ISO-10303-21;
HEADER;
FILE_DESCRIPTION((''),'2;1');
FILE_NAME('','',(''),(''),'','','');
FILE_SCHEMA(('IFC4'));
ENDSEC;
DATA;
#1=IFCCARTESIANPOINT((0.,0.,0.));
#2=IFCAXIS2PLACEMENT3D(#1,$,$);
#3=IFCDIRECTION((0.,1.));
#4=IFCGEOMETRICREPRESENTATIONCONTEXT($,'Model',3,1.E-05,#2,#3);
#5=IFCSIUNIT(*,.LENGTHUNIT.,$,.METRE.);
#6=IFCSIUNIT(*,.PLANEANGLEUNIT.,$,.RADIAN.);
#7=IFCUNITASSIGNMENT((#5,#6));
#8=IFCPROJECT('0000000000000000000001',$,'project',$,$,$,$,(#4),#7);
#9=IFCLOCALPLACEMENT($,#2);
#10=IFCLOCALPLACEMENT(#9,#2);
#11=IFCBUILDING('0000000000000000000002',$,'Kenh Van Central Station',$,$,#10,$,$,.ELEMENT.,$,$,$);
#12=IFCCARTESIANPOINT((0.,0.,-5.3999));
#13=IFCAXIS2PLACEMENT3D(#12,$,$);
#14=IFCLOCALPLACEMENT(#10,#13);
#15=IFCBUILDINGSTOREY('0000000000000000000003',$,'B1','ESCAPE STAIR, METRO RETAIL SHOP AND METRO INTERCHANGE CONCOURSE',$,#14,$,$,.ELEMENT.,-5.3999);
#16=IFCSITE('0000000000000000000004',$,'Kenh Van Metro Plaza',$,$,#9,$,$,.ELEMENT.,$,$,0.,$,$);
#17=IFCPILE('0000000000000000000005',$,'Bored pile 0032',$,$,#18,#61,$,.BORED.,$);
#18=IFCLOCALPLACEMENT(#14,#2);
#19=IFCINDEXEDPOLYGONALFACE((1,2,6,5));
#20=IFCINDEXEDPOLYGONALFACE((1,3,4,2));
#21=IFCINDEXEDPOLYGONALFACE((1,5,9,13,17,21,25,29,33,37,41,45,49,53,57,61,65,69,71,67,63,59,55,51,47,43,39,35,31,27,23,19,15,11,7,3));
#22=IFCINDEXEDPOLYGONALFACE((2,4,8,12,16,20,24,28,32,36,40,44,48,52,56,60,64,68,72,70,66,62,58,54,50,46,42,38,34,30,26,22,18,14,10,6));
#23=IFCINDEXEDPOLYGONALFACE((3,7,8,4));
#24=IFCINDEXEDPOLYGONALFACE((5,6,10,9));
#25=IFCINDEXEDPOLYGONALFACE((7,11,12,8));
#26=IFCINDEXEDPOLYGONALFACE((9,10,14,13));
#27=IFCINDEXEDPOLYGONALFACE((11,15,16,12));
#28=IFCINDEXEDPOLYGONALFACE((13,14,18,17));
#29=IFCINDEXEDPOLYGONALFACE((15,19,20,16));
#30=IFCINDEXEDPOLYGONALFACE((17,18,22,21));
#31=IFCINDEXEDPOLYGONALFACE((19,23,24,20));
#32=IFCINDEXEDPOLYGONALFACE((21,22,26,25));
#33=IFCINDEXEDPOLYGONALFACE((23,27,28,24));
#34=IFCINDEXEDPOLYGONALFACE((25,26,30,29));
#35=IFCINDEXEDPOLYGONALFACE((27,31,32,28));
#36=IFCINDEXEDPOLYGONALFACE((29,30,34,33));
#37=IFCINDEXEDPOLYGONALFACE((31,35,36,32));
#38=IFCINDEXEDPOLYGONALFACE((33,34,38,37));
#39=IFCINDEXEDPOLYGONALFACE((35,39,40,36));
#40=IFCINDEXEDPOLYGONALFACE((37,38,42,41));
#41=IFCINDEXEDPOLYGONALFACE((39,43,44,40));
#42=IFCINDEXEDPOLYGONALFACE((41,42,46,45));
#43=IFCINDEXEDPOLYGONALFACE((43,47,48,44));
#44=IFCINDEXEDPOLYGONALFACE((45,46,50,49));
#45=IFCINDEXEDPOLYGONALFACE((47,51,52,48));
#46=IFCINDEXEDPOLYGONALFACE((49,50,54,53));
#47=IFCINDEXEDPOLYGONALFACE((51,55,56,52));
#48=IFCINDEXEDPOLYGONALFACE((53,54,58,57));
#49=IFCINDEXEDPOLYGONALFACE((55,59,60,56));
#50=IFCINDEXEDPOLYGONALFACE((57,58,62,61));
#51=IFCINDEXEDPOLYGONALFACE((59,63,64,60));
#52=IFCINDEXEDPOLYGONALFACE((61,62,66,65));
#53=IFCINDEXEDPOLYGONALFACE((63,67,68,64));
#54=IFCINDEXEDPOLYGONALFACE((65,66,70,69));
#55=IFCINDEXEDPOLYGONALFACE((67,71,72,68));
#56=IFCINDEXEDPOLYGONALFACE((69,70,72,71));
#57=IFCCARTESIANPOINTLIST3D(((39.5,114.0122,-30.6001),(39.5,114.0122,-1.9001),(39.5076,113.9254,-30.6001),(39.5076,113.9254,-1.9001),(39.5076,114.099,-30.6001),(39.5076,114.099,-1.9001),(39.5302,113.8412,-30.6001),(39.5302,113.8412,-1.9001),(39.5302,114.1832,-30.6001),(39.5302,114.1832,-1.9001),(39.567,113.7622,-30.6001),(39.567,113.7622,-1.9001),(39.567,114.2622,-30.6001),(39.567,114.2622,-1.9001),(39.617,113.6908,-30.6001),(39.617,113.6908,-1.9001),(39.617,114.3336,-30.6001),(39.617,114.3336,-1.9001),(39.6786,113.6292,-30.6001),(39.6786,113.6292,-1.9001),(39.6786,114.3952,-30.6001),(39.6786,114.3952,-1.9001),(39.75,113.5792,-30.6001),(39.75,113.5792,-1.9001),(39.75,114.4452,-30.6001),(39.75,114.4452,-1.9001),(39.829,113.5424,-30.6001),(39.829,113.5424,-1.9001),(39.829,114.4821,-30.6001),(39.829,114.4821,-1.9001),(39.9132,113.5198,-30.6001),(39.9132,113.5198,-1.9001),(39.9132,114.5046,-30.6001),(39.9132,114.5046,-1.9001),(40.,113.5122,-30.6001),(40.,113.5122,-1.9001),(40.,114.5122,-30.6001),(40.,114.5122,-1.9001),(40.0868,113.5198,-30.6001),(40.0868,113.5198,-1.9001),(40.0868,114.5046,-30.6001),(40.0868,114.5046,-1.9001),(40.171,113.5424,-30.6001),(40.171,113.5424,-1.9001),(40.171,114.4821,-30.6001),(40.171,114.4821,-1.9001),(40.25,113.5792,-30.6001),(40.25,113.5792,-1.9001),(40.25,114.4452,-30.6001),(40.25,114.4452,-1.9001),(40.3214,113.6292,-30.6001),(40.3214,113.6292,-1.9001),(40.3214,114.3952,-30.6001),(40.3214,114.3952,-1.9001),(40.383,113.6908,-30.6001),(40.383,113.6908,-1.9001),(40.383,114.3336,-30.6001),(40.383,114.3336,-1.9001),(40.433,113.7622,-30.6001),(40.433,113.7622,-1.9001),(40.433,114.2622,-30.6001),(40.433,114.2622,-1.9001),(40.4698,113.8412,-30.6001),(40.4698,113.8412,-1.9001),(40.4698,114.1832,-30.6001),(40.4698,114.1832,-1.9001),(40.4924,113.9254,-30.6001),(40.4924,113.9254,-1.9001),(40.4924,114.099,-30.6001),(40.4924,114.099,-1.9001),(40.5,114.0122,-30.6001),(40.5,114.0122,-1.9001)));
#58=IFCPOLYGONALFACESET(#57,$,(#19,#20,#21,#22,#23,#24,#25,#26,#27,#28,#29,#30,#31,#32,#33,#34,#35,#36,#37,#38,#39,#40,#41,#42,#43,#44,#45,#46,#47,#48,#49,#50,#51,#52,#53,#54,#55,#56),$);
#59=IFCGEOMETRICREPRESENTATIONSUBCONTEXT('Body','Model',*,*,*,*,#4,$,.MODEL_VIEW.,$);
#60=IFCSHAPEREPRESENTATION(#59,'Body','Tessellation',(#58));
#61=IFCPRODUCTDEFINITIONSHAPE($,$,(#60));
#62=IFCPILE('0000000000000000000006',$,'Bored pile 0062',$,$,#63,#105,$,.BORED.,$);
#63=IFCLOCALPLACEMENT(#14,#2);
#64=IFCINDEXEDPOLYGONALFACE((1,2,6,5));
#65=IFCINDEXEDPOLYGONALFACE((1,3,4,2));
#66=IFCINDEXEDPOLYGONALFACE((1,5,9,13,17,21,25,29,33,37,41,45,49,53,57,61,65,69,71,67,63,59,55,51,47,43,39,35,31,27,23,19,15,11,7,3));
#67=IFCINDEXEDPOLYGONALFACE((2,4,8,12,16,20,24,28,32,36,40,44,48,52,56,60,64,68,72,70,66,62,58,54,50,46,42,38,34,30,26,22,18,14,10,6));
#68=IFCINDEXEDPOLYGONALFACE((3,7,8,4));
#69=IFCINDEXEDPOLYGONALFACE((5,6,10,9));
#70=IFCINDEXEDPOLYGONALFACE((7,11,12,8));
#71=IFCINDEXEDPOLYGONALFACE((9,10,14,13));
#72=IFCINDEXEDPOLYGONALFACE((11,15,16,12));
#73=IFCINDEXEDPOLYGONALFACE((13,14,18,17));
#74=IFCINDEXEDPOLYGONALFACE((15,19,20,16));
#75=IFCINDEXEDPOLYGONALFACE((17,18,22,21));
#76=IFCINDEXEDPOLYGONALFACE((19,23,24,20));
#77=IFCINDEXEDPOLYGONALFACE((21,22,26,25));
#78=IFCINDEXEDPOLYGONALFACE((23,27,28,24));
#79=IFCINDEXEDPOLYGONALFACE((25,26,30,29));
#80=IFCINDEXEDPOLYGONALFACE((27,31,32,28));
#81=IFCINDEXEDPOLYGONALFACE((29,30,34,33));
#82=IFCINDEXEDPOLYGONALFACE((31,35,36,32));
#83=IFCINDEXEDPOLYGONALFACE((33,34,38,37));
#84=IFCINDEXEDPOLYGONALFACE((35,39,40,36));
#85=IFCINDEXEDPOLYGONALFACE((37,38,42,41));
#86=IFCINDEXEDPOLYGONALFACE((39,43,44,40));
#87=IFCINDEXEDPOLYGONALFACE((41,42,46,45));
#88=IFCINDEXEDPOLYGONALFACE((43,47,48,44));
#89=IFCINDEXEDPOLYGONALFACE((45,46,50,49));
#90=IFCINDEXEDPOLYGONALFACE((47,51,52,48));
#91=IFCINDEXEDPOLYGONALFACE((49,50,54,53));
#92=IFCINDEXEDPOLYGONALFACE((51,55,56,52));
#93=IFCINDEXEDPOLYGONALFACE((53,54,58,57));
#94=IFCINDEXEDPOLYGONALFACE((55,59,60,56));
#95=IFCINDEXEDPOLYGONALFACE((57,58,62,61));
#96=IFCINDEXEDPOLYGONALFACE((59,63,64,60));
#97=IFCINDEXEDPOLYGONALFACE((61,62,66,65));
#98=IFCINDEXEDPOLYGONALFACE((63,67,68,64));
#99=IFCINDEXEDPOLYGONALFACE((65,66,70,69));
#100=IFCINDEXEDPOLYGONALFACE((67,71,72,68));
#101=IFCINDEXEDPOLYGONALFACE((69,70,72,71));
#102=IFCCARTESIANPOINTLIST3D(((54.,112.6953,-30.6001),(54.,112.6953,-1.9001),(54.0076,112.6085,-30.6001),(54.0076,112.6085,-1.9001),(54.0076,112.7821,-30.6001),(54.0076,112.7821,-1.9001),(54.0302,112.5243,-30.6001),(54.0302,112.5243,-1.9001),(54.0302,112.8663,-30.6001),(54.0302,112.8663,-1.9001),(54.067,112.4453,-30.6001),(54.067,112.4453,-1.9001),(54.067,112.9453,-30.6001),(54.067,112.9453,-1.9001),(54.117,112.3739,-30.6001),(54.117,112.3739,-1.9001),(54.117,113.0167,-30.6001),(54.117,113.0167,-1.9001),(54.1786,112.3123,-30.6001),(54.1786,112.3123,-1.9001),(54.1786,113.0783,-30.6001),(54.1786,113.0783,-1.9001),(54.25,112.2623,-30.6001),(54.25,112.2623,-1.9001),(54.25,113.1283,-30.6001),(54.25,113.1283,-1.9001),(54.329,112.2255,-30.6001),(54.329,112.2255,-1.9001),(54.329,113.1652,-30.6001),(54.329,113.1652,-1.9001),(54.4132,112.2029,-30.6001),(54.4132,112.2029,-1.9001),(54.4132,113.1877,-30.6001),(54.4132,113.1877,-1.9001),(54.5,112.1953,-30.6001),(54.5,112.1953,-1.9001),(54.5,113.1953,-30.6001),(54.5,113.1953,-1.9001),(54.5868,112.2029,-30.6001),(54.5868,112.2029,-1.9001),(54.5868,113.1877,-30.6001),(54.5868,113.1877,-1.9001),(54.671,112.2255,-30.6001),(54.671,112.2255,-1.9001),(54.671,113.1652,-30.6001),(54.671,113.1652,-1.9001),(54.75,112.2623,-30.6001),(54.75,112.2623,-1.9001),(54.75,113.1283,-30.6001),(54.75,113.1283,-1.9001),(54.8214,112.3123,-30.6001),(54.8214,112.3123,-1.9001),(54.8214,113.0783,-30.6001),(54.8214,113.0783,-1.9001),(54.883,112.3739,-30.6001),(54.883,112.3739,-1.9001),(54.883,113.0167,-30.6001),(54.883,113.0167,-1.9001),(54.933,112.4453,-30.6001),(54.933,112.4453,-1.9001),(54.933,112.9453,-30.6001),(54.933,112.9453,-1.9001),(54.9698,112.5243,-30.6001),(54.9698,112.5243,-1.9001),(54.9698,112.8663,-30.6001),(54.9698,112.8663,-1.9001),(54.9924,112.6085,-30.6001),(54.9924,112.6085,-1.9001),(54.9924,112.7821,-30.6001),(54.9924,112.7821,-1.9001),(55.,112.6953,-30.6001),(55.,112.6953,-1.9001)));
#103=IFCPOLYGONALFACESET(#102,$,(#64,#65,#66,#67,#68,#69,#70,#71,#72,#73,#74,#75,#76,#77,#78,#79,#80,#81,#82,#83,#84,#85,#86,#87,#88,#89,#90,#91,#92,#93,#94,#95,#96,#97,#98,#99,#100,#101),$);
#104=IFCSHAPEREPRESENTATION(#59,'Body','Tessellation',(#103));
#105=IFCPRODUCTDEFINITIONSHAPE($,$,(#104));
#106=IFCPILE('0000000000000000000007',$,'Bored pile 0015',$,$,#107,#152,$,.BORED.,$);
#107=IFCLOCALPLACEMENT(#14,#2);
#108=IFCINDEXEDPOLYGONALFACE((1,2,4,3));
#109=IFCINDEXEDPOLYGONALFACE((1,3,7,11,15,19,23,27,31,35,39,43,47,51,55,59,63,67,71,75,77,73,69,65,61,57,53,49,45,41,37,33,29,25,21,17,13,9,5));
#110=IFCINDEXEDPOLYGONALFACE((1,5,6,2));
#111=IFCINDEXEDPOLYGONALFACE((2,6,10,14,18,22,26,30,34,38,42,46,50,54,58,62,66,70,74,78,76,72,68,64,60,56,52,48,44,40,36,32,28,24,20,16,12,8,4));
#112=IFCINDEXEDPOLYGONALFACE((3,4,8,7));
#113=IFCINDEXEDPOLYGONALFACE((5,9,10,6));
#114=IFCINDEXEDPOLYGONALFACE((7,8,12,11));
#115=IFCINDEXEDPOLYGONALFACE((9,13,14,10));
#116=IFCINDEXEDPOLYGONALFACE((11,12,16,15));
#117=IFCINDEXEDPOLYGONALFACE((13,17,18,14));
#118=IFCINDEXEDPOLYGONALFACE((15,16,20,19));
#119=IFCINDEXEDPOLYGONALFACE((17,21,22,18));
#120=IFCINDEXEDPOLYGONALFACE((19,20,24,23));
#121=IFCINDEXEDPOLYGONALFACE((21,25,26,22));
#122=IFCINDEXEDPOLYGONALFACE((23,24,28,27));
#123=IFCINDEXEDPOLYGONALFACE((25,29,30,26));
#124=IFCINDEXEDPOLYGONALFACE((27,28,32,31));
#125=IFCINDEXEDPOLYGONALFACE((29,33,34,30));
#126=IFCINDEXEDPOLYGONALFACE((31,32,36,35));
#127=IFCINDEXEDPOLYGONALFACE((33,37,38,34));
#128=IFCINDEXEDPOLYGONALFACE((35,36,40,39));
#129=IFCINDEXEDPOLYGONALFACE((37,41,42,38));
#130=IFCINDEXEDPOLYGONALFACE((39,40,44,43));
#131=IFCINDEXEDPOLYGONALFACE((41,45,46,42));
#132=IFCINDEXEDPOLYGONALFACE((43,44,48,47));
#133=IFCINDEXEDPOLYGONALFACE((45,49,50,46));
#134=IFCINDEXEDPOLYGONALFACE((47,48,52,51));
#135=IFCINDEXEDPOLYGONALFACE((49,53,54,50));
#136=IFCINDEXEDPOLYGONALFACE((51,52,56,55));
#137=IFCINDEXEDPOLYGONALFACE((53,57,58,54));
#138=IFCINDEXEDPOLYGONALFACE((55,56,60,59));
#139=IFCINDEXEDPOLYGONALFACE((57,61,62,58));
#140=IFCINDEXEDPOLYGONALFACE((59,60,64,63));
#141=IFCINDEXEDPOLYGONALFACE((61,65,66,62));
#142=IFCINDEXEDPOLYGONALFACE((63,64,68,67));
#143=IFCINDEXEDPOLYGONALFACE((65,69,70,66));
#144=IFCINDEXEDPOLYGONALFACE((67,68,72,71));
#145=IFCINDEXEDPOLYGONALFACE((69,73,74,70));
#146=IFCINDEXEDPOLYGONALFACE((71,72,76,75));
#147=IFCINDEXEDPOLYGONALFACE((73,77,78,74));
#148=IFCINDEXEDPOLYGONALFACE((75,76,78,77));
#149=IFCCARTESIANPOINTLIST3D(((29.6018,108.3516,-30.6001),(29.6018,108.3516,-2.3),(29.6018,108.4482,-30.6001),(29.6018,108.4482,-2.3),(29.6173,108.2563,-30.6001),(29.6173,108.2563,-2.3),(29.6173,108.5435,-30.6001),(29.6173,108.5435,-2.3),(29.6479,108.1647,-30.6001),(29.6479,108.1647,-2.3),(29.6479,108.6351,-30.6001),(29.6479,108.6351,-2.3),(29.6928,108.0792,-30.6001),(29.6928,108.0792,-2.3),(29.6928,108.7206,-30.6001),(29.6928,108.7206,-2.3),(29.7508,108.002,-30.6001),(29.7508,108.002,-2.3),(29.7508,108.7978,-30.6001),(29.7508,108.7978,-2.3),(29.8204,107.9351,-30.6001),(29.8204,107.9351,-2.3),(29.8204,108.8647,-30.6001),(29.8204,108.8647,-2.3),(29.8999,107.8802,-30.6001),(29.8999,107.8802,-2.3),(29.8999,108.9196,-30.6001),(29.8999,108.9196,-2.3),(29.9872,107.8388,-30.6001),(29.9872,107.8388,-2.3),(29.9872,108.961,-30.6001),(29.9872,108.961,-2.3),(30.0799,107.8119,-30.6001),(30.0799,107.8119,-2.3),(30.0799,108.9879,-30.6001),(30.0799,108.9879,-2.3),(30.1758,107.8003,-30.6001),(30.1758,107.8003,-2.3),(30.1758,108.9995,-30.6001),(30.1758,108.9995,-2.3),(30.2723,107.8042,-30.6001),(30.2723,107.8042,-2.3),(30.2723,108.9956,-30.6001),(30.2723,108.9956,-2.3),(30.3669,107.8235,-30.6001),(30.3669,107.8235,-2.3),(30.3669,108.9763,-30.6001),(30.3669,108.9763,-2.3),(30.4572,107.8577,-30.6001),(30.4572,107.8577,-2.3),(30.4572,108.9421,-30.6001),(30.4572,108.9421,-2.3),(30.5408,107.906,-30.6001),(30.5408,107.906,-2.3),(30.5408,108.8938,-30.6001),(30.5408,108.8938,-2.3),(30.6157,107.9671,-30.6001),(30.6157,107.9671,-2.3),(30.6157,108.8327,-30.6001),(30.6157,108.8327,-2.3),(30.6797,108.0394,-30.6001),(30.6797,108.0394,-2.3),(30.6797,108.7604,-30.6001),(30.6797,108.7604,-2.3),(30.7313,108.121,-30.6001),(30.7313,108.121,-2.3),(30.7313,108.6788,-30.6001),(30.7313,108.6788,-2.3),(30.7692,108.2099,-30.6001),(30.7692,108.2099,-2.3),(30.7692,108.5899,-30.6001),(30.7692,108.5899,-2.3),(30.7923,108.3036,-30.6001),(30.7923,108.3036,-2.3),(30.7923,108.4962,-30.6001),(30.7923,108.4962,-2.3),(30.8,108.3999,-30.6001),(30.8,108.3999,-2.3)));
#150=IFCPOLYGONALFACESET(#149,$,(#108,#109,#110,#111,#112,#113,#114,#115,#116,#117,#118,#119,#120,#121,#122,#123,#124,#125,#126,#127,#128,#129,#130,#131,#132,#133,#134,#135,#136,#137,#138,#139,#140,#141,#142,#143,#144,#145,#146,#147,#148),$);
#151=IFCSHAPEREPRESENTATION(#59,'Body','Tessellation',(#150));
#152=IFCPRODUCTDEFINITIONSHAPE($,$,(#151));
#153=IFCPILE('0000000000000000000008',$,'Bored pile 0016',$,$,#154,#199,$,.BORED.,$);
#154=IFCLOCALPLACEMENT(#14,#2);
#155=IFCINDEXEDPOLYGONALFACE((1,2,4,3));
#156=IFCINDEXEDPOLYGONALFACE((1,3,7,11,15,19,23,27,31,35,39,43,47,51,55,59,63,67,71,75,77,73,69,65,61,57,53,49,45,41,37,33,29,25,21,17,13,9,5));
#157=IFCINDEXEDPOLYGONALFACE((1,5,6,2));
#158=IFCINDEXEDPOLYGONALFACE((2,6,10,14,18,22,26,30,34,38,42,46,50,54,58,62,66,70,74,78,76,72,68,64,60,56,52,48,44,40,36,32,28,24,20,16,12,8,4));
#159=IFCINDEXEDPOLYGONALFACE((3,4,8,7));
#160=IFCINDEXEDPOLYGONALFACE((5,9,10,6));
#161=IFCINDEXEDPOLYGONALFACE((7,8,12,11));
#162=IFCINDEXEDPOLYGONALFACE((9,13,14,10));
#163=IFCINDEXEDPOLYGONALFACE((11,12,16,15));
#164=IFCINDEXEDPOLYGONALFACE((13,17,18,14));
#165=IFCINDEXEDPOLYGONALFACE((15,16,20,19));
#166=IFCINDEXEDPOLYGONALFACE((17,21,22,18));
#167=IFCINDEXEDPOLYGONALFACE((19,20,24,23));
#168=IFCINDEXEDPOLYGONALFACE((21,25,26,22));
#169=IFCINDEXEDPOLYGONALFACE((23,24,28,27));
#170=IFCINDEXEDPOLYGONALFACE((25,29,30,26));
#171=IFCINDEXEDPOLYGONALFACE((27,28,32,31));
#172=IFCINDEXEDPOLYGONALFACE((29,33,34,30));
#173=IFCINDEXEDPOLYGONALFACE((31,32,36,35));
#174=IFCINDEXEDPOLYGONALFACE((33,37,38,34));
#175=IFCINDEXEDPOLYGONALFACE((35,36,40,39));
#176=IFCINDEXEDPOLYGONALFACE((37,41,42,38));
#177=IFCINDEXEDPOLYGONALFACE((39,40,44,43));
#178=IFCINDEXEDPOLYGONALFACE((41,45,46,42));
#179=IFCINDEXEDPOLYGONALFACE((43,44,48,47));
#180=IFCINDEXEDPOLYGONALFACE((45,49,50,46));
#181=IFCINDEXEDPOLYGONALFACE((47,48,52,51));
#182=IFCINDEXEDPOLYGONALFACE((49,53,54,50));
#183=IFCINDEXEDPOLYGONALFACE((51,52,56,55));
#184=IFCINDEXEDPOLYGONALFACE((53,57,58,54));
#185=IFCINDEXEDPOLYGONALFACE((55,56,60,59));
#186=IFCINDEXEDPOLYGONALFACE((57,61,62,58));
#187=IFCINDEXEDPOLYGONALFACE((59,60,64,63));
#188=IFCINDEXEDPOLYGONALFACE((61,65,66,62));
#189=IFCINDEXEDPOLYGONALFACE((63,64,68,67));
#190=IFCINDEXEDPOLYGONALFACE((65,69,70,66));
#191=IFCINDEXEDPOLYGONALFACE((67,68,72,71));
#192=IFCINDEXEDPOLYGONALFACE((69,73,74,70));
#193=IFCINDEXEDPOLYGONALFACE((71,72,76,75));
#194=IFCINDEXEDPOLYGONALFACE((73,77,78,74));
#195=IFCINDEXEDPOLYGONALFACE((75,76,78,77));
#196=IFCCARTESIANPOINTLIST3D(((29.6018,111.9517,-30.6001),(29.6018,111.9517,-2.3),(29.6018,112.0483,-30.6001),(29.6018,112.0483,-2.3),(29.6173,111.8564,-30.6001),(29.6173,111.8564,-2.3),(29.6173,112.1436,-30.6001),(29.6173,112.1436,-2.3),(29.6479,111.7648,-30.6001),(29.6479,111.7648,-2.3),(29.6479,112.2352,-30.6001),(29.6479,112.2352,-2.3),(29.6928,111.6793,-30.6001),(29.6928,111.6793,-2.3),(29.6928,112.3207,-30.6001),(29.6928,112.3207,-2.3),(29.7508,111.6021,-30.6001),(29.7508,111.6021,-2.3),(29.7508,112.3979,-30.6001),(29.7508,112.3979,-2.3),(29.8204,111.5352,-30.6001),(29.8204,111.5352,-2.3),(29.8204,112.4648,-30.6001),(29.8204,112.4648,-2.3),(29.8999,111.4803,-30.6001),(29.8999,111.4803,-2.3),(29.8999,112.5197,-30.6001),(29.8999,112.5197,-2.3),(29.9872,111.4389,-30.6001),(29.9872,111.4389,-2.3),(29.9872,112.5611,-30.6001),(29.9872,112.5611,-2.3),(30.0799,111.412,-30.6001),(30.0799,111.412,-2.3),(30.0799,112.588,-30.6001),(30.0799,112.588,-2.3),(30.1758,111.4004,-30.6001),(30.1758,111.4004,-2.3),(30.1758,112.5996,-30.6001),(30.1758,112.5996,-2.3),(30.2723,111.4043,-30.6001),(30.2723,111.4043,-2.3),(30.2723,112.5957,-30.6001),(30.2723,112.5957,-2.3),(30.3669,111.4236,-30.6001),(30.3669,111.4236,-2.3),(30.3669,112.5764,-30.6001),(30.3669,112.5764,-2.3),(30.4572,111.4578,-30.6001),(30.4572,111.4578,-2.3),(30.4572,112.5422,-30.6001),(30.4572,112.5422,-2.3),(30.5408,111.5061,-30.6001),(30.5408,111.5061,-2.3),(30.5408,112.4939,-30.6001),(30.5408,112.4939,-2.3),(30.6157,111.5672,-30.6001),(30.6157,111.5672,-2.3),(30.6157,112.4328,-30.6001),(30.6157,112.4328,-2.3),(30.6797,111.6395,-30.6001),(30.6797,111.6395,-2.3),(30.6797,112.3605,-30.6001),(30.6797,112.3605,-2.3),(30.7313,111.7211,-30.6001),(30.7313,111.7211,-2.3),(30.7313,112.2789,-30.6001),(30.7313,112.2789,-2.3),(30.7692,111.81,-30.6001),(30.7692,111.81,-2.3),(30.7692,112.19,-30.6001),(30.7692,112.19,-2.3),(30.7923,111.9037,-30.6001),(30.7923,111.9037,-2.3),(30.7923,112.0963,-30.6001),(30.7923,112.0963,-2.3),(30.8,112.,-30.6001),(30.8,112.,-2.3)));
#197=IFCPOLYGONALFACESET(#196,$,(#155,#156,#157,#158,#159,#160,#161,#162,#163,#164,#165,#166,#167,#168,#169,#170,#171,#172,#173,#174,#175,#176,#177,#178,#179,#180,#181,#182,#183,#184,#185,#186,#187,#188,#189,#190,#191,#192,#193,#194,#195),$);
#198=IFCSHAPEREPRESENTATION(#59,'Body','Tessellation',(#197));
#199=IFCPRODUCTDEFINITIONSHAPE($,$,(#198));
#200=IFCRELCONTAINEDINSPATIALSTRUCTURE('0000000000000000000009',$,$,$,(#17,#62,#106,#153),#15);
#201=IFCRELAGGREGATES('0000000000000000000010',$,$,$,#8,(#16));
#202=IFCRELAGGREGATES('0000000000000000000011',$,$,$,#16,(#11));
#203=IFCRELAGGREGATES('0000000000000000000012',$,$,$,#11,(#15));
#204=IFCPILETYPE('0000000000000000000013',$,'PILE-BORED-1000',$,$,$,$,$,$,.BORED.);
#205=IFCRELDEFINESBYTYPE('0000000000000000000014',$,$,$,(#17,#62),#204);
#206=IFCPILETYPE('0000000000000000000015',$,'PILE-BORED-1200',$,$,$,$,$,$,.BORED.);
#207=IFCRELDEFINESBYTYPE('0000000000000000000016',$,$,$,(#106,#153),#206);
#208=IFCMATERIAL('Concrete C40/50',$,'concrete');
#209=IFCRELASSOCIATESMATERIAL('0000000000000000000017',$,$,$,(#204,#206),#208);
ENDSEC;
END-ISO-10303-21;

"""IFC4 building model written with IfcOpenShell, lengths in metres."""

from ifc_helpers import new_model, si_unit, direction, frame, origin, origin_2d, place, context, subcontext, project, spatial, circle, extrude, material, material_profile, profile_set, type_object, element, save


model = new_model("IFC4")

# Units and contexts
model_context = context("Model", 3, precision=1e-05, world=origin(), true_north=direction((0.0, 1.0)))
body_context = subcontext(model_context, "Body", "Model", "MODEL_VIEW")
ifc_project = project(units=[si_unit("LENGTHUNIT", "METRE"), si_unit("PLANEANGLEUNIT", "RADIAN")], contexts=[model_context])

# Site, building, storey
site_placement = place(None, origin())
site = spatial("IfcSite", under=ifc_project, at=site_placement, Name="Kenh Van Metro Plaza", CompositionType="ELEMENT", RefElevation=0.0)
building_placement = place(site_placement, origin())
building = spatial("IfcBuilding", under=site, at=building_placement, Name="Kenh Van Central Station", CompositionType="ELEMENT")
storey_placement = place(building_placement, frame((0.0, 0.0, -5.3999)))
storey = spatial("IfcBuildingStorey", under=building, at=storey_placement, Name="B1", Description="ESCAPE STAIR, METRO RETAIL SHOP AND METRO INTERCHANGE CONCOURSE", CompositionType="ELEMENT", Elevation=-5.3999)

# Shared definitions
ifc_material = material(Name="Concrete C40/50", Category="concrete")

# Piles
ifc_material_profile_1 = material_profile(ifc_material, circle(Radius=0.5, at=origin_2d()), Name="PILE D1000")
ifc_profile_set_1 = profile_set([ifc_material_profile_1], Name="Concrete C40/50")
pile_type_1 = type_object("IfcPileType", Name="PILE-BORED-1000", PredefinedType="BORED", material=ifc_profile_set_1)
for number, where, z_axis, x_axis, name in (
    (1, (40.0, 114.0122, -1.9001), (0.0, 0.0, -1.0), (1.0, 0.0, 0.0), "Bored pile 0032"),
    (2, (54.5, 112.6953, -1.9001), (0.0, 0.0, -1.0), (1.0, 0.0, 0.0), "Bored pile 0062"),
):
    element("IfcPile", number, at=place(storey_placement, frame(where, z_axis=z_axis, x_axis=x_axis)), inside=storey, type_object=pile_type_1, Name=name, PredefinedType="BORED", context=body_context, shape_type="SweptSolid", body=[
        extrude(circle(Radius=0.5, at=origin_2d()), origin(), (0.0, 0.0, 1.0), 28.7),
    ])
ifc_material_profile_2 = material_profile(ifc_material, circle(Radius=0.6001, at=origin_2d()), Name="PILE D1200")
ifc_profile_set_2 = profile_set([ifc_material_profile_2], Name="Concrete C40/50")
pile_type_2 = type_object("IfcPileType", Name="PILE-BORED-1200", PredefinedType="BORED", material=ifc_profile_set_2)
for number, where, z_axis, x_axis, name in (
    (3, (30.2, 108.3999, -2.3), (0.0, 0.0, -1.0), (1.0, 0.0, 0.0), "Bored pile 0015"),
    (4, (30.2, 112.0, -2.3), (0.0, 0.0, -1.0), (1.0, 0.0, 0.0), "Bored pile 0016"),
):
    element("IfcPile", number, at=place(storey_placement, frame(where, z_axis=z_axis, x_axis=x_axis)), inside=storey, type_object=pile_type_2, Name=name, PredefinedType="BORED", context=body_context, shape_type="SweptSolid", body=[
        extrude(circle(Radius=0.6001, at=origin_2d()), origin(), (0.0, 0.0, 1.0), 28.3),
    ])

save(model, "model.ifc")
